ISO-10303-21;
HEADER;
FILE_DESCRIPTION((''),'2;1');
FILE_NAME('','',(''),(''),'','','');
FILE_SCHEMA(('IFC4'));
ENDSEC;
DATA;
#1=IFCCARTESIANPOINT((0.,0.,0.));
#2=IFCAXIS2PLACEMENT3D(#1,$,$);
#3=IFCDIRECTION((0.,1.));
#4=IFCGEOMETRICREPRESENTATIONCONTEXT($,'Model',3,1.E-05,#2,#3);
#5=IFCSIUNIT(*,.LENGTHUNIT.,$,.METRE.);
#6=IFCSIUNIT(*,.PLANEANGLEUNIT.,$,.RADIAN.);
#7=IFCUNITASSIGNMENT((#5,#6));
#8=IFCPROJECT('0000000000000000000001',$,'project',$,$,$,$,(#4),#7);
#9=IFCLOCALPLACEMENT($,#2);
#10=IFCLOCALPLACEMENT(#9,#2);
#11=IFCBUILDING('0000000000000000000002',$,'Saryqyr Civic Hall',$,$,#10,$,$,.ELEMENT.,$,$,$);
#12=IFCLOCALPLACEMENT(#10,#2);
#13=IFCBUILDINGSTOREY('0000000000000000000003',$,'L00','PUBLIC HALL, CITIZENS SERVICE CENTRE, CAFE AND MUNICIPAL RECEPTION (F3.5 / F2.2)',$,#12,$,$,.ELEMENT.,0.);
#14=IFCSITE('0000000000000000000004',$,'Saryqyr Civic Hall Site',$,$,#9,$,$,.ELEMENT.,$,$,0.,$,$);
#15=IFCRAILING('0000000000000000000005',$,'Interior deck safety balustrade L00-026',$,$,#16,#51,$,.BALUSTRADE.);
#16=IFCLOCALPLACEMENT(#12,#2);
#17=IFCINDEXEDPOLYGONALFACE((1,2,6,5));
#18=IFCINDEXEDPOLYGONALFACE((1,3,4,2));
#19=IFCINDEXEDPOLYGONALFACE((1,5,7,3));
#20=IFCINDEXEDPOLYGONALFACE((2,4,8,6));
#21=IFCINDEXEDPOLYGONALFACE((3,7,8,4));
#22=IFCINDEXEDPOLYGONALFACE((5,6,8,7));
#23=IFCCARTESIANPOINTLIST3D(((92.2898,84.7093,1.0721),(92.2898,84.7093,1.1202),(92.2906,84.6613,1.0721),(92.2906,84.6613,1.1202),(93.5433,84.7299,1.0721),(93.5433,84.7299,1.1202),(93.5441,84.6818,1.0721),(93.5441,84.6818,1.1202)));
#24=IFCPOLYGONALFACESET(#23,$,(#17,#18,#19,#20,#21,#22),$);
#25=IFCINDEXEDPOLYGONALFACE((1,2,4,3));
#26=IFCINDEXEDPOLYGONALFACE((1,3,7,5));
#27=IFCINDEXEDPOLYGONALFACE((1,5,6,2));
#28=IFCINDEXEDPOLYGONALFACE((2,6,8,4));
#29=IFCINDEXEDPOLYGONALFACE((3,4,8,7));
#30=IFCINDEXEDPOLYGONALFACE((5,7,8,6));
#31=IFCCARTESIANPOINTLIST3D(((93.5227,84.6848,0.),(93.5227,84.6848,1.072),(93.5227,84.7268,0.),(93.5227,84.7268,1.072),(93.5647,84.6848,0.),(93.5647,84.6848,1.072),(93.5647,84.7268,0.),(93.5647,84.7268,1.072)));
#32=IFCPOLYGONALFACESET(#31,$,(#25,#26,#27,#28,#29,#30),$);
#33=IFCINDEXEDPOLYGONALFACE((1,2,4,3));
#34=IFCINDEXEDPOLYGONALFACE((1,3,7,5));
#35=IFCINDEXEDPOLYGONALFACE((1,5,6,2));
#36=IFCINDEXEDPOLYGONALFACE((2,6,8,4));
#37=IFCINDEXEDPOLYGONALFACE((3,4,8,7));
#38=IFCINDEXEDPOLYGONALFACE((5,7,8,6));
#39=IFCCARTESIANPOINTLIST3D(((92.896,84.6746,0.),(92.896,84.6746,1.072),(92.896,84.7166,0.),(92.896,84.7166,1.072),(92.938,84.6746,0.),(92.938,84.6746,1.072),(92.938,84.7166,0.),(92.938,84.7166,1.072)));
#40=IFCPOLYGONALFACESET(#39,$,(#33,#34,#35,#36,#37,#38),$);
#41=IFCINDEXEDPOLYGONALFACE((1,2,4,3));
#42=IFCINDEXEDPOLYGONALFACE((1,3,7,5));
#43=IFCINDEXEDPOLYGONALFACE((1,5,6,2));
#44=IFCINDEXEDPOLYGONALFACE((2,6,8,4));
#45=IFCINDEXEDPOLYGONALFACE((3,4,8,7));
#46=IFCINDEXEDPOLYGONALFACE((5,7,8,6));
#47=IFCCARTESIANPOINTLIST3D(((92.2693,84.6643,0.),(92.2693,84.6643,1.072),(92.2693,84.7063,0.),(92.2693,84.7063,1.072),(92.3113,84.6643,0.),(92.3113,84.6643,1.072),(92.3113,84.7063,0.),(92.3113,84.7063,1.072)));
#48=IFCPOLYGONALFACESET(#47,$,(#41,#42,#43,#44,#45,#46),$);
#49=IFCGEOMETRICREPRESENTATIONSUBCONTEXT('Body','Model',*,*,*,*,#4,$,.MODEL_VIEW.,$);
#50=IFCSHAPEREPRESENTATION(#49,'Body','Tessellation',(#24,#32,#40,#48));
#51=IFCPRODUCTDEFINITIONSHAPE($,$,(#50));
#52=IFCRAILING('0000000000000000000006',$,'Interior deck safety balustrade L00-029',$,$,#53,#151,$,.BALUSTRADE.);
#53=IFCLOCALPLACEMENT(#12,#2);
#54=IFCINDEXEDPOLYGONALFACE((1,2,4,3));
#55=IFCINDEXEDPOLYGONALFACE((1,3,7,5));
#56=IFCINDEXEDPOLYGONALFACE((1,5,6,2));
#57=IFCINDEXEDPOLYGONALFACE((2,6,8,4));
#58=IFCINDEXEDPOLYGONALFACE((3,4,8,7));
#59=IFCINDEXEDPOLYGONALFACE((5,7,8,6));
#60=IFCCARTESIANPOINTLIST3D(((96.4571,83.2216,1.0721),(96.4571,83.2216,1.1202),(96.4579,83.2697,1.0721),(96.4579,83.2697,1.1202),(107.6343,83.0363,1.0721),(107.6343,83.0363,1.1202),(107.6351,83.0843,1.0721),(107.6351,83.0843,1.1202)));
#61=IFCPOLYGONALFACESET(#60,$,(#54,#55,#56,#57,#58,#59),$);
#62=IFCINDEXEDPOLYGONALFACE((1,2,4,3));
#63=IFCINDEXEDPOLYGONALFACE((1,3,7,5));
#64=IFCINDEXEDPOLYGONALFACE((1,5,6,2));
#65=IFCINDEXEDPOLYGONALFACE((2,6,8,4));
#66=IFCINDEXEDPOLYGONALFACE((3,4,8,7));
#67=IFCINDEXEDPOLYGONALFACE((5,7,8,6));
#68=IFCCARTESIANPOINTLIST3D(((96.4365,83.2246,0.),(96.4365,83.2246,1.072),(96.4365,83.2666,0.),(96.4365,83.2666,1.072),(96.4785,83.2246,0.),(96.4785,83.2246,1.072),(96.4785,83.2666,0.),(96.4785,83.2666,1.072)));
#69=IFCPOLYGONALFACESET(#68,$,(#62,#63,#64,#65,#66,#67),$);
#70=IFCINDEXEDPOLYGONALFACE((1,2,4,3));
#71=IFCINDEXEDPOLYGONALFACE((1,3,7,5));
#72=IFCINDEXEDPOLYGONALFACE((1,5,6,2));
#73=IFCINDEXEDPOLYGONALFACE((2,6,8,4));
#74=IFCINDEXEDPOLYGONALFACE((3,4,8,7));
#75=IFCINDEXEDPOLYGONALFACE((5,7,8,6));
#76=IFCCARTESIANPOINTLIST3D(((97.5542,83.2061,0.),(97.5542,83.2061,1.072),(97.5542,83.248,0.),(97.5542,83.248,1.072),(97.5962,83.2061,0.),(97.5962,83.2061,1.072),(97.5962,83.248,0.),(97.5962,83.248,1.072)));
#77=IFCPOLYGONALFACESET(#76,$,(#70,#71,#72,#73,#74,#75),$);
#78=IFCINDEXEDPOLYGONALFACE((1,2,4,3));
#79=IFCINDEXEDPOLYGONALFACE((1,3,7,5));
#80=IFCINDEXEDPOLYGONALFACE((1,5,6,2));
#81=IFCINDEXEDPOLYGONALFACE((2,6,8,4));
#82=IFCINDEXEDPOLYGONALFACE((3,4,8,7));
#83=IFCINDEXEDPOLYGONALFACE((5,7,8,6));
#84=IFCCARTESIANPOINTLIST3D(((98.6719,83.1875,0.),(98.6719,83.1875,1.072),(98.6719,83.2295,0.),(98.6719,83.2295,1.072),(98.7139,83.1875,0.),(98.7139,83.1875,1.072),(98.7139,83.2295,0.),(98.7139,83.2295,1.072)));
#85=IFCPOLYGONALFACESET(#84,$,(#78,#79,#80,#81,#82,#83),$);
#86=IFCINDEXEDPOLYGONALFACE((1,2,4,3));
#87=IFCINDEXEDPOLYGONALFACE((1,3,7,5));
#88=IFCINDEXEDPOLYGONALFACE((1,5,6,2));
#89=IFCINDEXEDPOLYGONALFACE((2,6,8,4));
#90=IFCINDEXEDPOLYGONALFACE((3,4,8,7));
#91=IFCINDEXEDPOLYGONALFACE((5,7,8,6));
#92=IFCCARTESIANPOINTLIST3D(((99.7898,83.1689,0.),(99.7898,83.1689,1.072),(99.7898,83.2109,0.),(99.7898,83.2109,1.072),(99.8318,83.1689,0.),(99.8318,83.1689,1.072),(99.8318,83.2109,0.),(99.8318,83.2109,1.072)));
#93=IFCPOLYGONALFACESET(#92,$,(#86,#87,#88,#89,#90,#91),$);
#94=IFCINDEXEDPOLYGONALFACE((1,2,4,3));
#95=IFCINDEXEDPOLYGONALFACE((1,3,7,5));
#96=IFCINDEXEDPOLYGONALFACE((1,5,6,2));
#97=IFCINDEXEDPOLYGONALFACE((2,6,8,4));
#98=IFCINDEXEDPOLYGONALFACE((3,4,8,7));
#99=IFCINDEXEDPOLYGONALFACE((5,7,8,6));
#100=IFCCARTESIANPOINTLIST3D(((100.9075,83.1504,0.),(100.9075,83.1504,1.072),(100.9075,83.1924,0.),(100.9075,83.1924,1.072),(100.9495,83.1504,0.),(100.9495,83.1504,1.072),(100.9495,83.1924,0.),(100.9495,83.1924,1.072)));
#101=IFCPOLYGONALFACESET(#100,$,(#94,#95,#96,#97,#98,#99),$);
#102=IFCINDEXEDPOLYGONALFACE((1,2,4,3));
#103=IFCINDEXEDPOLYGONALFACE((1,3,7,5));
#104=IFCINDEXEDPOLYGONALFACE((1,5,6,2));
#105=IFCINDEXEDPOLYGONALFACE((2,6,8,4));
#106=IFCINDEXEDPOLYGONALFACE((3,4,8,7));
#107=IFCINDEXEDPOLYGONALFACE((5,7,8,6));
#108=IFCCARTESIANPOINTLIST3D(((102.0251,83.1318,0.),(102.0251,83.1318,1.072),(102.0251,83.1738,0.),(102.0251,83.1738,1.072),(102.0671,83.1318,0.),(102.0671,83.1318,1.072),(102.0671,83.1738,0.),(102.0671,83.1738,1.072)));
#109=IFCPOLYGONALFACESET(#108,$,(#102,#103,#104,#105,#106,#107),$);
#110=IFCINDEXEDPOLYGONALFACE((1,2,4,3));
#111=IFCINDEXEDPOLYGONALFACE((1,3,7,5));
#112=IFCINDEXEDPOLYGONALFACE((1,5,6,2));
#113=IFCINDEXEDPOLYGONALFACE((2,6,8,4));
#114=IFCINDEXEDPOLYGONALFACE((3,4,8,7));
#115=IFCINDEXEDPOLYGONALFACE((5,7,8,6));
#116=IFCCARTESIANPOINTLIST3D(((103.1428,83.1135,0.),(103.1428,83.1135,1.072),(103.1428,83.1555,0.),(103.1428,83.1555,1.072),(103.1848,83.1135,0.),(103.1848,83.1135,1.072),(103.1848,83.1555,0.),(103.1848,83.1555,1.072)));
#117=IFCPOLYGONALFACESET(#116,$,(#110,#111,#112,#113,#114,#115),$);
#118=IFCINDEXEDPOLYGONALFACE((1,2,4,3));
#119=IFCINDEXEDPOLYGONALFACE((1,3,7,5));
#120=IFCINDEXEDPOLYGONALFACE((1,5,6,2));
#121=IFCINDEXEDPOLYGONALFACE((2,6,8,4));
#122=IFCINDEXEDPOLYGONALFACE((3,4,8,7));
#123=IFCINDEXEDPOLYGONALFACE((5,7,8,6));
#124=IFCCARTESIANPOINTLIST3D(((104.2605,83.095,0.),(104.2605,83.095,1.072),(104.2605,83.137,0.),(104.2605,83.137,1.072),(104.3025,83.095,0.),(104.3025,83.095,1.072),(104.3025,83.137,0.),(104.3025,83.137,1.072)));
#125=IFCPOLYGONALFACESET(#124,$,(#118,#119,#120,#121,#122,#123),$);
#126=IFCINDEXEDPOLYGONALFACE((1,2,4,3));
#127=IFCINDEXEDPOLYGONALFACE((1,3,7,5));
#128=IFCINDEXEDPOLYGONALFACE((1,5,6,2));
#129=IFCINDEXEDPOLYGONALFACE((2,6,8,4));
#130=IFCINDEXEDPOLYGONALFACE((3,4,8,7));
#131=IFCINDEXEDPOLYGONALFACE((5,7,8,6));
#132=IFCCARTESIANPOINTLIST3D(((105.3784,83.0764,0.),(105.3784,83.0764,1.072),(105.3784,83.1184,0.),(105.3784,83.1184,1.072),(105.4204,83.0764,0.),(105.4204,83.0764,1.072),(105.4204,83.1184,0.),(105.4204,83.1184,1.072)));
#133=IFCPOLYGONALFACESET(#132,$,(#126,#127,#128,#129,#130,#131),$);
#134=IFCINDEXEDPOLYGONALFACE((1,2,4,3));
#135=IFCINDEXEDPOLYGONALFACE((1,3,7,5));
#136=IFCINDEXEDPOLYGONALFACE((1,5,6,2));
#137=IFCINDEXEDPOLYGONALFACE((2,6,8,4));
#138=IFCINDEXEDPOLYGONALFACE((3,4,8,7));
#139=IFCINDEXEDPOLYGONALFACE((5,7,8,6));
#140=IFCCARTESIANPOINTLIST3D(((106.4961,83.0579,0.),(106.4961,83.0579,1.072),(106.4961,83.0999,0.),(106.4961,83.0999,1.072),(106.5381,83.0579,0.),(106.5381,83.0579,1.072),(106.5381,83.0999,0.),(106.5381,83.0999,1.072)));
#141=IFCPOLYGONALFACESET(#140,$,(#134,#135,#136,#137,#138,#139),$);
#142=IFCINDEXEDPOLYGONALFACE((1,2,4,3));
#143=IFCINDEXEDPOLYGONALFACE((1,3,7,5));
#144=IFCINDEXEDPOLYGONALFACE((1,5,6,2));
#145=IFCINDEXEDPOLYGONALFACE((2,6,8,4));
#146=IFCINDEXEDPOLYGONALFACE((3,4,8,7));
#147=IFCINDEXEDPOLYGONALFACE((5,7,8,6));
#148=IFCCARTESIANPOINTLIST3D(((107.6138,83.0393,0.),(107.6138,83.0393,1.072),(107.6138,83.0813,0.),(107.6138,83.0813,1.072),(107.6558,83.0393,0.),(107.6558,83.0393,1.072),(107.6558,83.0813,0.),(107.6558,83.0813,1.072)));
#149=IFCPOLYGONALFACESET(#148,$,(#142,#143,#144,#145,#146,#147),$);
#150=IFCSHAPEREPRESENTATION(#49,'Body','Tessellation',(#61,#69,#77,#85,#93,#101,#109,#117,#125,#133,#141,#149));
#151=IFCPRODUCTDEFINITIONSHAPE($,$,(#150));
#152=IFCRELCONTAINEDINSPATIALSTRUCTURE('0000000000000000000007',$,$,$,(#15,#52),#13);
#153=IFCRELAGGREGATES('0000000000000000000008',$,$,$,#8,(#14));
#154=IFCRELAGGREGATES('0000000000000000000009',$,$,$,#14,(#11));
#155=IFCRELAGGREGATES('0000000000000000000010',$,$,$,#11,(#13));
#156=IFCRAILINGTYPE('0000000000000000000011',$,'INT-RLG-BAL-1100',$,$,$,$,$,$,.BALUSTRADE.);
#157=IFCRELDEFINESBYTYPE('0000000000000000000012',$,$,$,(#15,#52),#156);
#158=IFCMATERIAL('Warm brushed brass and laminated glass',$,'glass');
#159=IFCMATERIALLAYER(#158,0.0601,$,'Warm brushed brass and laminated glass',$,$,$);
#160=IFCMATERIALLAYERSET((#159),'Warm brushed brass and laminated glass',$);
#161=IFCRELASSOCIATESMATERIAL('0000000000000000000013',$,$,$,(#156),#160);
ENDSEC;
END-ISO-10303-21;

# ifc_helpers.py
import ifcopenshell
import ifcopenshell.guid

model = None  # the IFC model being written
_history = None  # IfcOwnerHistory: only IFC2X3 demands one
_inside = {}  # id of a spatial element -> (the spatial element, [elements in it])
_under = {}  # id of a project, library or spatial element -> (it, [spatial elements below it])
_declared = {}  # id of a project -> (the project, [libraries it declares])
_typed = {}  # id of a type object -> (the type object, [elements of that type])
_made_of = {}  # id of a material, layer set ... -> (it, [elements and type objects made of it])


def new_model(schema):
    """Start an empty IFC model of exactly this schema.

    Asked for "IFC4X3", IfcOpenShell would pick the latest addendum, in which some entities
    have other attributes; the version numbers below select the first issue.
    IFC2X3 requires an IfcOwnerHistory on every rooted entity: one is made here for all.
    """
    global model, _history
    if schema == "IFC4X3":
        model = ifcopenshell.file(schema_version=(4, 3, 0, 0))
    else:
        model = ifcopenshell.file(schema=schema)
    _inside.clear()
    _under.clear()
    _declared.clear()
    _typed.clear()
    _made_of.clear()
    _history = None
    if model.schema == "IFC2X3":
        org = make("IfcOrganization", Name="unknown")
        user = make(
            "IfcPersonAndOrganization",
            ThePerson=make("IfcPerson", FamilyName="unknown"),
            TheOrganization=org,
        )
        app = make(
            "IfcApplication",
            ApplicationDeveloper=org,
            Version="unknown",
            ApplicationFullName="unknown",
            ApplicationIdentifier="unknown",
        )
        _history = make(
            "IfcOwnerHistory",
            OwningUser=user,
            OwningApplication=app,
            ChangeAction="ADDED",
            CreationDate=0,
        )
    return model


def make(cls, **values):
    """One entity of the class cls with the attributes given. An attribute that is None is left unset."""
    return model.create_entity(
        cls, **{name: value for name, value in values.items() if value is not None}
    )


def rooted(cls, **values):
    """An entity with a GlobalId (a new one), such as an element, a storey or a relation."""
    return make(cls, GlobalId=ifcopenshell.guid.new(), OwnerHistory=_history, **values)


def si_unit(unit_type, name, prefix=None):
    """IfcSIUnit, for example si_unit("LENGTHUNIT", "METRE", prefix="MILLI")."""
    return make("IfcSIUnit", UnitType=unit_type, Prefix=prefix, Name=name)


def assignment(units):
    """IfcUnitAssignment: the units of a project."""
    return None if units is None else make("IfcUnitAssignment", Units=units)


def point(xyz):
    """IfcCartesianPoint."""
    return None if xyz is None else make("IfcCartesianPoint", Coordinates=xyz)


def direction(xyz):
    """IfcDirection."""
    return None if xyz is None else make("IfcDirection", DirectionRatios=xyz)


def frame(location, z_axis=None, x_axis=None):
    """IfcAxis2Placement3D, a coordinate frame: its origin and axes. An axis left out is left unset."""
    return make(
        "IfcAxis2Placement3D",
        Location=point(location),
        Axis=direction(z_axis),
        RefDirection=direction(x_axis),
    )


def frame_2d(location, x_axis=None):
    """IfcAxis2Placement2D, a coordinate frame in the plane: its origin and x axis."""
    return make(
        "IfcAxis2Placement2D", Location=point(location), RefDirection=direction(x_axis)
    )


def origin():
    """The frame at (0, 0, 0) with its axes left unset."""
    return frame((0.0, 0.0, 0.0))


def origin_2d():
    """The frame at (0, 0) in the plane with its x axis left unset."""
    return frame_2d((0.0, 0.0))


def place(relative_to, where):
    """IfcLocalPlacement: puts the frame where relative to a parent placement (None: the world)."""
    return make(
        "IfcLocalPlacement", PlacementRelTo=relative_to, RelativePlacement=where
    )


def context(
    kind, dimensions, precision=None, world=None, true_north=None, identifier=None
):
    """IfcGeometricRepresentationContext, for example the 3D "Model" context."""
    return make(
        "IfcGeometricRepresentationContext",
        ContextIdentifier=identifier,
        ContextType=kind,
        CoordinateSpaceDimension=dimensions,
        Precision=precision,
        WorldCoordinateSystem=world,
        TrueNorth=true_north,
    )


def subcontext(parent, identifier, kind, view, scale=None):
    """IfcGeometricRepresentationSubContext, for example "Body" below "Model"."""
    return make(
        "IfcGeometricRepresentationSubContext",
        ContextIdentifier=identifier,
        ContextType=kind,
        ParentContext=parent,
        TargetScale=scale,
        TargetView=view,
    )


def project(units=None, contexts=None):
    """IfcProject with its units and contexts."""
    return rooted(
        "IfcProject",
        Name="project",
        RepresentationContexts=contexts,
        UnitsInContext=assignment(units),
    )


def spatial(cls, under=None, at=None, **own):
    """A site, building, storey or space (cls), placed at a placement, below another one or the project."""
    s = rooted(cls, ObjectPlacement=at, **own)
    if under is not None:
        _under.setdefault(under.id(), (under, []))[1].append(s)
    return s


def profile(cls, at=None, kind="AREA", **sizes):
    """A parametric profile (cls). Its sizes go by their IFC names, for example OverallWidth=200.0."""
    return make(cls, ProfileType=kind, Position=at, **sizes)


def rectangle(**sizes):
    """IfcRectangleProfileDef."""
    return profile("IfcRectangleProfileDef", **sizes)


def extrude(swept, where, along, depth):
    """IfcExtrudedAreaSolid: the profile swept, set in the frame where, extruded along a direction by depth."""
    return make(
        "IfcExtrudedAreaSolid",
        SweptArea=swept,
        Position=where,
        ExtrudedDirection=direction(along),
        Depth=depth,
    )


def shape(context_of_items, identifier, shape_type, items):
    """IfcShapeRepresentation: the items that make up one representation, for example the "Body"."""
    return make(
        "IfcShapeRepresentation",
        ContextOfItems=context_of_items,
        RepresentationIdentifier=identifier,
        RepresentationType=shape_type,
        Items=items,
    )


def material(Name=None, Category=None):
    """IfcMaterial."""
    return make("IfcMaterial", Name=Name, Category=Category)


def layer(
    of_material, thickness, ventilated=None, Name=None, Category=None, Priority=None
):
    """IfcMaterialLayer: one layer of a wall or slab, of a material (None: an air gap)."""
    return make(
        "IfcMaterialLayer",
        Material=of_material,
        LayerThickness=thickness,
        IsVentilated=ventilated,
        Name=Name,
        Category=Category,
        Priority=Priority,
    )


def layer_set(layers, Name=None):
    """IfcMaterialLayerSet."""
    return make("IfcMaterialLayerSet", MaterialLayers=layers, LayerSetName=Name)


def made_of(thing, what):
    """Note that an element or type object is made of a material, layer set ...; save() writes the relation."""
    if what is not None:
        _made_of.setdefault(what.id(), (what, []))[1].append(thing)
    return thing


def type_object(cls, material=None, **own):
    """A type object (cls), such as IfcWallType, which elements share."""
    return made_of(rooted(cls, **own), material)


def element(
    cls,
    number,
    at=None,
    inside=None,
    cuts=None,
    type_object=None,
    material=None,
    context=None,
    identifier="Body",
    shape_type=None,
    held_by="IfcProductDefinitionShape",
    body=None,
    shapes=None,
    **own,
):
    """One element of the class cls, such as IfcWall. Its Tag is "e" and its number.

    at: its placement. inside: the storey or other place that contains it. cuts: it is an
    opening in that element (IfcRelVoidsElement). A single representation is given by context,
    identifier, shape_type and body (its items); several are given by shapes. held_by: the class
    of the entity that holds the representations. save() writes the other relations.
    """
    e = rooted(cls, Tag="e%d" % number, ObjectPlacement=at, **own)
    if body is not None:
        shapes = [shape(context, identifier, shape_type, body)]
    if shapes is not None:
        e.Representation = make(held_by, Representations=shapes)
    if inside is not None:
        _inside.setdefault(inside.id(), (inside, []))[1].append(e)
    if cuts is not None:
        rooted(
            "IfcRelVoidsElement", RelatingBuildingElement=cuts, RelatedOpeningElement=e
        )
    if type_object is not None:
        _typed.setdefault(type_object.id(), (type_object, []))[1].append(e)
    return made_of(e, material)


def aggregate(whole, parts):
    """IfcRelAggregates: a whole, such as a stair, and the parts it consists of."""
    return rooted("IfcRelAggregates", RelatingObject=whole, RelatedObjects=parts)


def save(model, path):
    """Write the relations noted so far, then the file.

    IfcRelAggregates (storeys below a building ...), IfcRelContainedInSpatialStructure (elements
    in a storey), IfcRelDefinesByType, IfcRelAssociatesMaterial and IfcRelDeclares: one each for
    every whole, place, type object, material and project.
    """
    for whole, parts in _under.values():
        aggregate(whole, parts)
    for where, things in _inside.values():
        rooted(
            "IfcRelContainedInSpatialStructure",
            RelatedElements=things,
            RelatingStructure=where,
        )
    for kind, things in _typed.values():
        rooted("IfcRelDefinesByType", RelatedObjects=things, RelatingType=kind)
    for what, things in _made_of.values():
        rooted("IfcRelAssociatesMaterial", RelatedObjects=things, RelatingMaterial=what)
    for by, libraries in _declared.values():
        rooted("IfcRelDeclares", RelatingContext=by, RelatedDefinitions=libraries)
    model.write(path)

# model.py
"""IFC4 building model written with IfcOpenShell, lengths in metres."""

from ifc_helpers import new_model, si_unit, direction, frame, origin, origin_2d, place, context, subcontext, project, spatial, rectangle, extrude, material, layer, layer_set, type_object, element, save


model = new_model("IFC4")

# Units and contexts
model_context = context("Model", 3, precision=1e-05, world=origin(), true_north=direction((0.0, 1.0)))
body_context = subcontext(model_context, "Body", "Model", "MODEL_VIEW")
ifc_project = project(units=[si_unit("LENGTHUNIT", "METRE"), si_unit("PLANEANGLEUNIT", "RADIAN")], contexts=[model_context])

# Site, building, storey
site_placement = place(None, origin())
site = spatial("IfcSite", under=ifc_project, at=site_placement, Name="Saryqyr Civic Hall Site", CompositionType="ELEMENT", RefElevation=0.0)
building_placement = place(site_placement, origin())
building = spatial("IfcBuilding", under=site, at=building_placement, Name="Saryqyr Civic Hall", CompositionType="ELEMENT")
storey_placement = place(building_placement, origin())
storey = spatial("IfcBuildingStorey", under=building, at=storey_placement, Name="L00", Description="PUBLIC HALL, CITIZENS SERVICE CENTRE, CAFE AND MUNICIPAL RECEPTION (F3.5 / F2.2)", CompositionType="ELEMENT", Elevation=0.0)

# Railings
ifc_material_1 = material(Name="Warm brushed brass and laminated glass", Category="glass")
ifc_layer_1 = layer(ifc_material_1, 0.0601, Name="Warm brushed brass and laminated glass")
ifc_layer_set_1 = layer_set([ifc_layer_1], Name="Warm brushed brass and laminated glass")
railing_type = type_object("IfcRailingType", Name="INT-RLG-BAL-1100", PredefinedType="BALUSTRADE", material=ifc_layer_set_1)
railing_1_placement = place(storey_placement, frame((93.5437, 84.7058, 0.0)))
element("IfcRailing", 1, at=railing_1_placement, inside=storey, type_object=railing_type, Name="Interior deck safety balustrade L00-026", PredefinedType="BALUSTRADE", context=body_context, shape_type="SweptSolid", body=[
    extrude(rectangle(XDim=0.0481, YDim=0.0481, at=origin_2d()), frame((0.0, 0.0, 1.0962), z_axis=(-0.999866, -0.016359, 0.0), x_axis=(0.016359, -0.999866, 0.0)), (0.0, 0.0, 1.0), 1.2537),
    extrude(rectangle(XDim=0.042, YDim=0.042, at=origin_2d()), origin(), (0.0, 0.0, 1.0), 1.072),
    extrude(rectangle(XDim=0.042, YDim=0.042, at=origin_2d()), frame((-0.6267, -0.0103, 0.0)), (0.0, 0.0, 1.0), 1.072),
    extrude(rectangle(XDim=0.042, YDim=0.042, at=origin_2d()), frame((-1.2534, -0.0205, 0.0)), (0.0, 0.0, 1.0), 1.072),
])
railing_2_placement = place(storey_placement, frame((96.4575, 83.2456, 0.0)))
element("IfcRailing", 2, at=railing_2_placement, inside=storey, type_object=railing_type, Name="Interior deck safety balustrade L00-029", PredefinedType="BALUSTRADE", context=body_context, shape_type="SweptSolid", body=[
    extrude(rectangle(XDim=0.0481, YDim=0.0481, at=origin_2d()), frame((0.0, 0.0, 1.0962), z_axis=(0.999863, -0.016576, 0.0), x_axis=(0.016576, 0.999863, 0.0)), (0.0, 0.0, 1.0), 11.1787),
    extrude(rectangle(XDim=0.042, YDim=0.042, at=origin_2d()), origin(), (0.0, 0.0, 1.0), 1.072),
    extrude(rectangle(XDim=0.042, YDim=0.042, at=origin_2d()), frame((1.1177, -0.0186, 0.0)), (0.0, 0.0, 1.0), 1.072),
    extrude(rectangle(XDim=0.042, YDim=0.042, at=origin_2d()), frame((2.2354, -0.0371, 0.0)), (0.0, 0.0, 1.0), 1.072),
    extrude(rectangle(XDim=0.042, YDim=0.042, at=origin_2d()), frame((3.3533, -0.0557, 0.0)), (0.0, 0.0, 1.0), 1.072),
    extrude(rectangle(XDim=0.042, YDim=0.042, at=origin_2d()), frame((4.4709, -0.0742, 0.0)), (0.0, 0.0, 1.0), 1.072),
    extrude(rectangle(XDim=0.042, YDim=0.042, at=origin_2d()), frame((5.5886, -0.0928, 0.0)), (0.0, 0.0, 1.0), 1.072),
    extrude(rectangle(XDim=0.042, YDim=0.042, at=origin_2d()), frame((6.7063, -0.1111, 0.0)), (0.0, 0.0, 1.0), 1.072),
    extrude(rectangle(XDim=0.042, YDim=0.042, at=origin_2d()), frame((7.824, -0.1296, 0.0)), (0.0, 0.0, 1.0), 1.072),
    extrude(rectangle(XDim=0.042, YDim=0.042, at=origin_2d()), frame((8.9419, -0.1482, 0.0)), (0.0, 0.0, 1.0), 1.072),
    extrude(rectangle(XDim=0.042, YDim=0.042, at=origin_2d()), frame((10.0596, -0.1667, 0.0)), (0.0, 0.0, 1.0), 1.072),
    extrude(rectangle(XDim=0.042, YDim=0.042, at=origin_2d()), frame((11.1772, -0.1853, 0.0)), (0.0, 0.0, 1.0), 1.072),
])

save(model, "model.ifc")
